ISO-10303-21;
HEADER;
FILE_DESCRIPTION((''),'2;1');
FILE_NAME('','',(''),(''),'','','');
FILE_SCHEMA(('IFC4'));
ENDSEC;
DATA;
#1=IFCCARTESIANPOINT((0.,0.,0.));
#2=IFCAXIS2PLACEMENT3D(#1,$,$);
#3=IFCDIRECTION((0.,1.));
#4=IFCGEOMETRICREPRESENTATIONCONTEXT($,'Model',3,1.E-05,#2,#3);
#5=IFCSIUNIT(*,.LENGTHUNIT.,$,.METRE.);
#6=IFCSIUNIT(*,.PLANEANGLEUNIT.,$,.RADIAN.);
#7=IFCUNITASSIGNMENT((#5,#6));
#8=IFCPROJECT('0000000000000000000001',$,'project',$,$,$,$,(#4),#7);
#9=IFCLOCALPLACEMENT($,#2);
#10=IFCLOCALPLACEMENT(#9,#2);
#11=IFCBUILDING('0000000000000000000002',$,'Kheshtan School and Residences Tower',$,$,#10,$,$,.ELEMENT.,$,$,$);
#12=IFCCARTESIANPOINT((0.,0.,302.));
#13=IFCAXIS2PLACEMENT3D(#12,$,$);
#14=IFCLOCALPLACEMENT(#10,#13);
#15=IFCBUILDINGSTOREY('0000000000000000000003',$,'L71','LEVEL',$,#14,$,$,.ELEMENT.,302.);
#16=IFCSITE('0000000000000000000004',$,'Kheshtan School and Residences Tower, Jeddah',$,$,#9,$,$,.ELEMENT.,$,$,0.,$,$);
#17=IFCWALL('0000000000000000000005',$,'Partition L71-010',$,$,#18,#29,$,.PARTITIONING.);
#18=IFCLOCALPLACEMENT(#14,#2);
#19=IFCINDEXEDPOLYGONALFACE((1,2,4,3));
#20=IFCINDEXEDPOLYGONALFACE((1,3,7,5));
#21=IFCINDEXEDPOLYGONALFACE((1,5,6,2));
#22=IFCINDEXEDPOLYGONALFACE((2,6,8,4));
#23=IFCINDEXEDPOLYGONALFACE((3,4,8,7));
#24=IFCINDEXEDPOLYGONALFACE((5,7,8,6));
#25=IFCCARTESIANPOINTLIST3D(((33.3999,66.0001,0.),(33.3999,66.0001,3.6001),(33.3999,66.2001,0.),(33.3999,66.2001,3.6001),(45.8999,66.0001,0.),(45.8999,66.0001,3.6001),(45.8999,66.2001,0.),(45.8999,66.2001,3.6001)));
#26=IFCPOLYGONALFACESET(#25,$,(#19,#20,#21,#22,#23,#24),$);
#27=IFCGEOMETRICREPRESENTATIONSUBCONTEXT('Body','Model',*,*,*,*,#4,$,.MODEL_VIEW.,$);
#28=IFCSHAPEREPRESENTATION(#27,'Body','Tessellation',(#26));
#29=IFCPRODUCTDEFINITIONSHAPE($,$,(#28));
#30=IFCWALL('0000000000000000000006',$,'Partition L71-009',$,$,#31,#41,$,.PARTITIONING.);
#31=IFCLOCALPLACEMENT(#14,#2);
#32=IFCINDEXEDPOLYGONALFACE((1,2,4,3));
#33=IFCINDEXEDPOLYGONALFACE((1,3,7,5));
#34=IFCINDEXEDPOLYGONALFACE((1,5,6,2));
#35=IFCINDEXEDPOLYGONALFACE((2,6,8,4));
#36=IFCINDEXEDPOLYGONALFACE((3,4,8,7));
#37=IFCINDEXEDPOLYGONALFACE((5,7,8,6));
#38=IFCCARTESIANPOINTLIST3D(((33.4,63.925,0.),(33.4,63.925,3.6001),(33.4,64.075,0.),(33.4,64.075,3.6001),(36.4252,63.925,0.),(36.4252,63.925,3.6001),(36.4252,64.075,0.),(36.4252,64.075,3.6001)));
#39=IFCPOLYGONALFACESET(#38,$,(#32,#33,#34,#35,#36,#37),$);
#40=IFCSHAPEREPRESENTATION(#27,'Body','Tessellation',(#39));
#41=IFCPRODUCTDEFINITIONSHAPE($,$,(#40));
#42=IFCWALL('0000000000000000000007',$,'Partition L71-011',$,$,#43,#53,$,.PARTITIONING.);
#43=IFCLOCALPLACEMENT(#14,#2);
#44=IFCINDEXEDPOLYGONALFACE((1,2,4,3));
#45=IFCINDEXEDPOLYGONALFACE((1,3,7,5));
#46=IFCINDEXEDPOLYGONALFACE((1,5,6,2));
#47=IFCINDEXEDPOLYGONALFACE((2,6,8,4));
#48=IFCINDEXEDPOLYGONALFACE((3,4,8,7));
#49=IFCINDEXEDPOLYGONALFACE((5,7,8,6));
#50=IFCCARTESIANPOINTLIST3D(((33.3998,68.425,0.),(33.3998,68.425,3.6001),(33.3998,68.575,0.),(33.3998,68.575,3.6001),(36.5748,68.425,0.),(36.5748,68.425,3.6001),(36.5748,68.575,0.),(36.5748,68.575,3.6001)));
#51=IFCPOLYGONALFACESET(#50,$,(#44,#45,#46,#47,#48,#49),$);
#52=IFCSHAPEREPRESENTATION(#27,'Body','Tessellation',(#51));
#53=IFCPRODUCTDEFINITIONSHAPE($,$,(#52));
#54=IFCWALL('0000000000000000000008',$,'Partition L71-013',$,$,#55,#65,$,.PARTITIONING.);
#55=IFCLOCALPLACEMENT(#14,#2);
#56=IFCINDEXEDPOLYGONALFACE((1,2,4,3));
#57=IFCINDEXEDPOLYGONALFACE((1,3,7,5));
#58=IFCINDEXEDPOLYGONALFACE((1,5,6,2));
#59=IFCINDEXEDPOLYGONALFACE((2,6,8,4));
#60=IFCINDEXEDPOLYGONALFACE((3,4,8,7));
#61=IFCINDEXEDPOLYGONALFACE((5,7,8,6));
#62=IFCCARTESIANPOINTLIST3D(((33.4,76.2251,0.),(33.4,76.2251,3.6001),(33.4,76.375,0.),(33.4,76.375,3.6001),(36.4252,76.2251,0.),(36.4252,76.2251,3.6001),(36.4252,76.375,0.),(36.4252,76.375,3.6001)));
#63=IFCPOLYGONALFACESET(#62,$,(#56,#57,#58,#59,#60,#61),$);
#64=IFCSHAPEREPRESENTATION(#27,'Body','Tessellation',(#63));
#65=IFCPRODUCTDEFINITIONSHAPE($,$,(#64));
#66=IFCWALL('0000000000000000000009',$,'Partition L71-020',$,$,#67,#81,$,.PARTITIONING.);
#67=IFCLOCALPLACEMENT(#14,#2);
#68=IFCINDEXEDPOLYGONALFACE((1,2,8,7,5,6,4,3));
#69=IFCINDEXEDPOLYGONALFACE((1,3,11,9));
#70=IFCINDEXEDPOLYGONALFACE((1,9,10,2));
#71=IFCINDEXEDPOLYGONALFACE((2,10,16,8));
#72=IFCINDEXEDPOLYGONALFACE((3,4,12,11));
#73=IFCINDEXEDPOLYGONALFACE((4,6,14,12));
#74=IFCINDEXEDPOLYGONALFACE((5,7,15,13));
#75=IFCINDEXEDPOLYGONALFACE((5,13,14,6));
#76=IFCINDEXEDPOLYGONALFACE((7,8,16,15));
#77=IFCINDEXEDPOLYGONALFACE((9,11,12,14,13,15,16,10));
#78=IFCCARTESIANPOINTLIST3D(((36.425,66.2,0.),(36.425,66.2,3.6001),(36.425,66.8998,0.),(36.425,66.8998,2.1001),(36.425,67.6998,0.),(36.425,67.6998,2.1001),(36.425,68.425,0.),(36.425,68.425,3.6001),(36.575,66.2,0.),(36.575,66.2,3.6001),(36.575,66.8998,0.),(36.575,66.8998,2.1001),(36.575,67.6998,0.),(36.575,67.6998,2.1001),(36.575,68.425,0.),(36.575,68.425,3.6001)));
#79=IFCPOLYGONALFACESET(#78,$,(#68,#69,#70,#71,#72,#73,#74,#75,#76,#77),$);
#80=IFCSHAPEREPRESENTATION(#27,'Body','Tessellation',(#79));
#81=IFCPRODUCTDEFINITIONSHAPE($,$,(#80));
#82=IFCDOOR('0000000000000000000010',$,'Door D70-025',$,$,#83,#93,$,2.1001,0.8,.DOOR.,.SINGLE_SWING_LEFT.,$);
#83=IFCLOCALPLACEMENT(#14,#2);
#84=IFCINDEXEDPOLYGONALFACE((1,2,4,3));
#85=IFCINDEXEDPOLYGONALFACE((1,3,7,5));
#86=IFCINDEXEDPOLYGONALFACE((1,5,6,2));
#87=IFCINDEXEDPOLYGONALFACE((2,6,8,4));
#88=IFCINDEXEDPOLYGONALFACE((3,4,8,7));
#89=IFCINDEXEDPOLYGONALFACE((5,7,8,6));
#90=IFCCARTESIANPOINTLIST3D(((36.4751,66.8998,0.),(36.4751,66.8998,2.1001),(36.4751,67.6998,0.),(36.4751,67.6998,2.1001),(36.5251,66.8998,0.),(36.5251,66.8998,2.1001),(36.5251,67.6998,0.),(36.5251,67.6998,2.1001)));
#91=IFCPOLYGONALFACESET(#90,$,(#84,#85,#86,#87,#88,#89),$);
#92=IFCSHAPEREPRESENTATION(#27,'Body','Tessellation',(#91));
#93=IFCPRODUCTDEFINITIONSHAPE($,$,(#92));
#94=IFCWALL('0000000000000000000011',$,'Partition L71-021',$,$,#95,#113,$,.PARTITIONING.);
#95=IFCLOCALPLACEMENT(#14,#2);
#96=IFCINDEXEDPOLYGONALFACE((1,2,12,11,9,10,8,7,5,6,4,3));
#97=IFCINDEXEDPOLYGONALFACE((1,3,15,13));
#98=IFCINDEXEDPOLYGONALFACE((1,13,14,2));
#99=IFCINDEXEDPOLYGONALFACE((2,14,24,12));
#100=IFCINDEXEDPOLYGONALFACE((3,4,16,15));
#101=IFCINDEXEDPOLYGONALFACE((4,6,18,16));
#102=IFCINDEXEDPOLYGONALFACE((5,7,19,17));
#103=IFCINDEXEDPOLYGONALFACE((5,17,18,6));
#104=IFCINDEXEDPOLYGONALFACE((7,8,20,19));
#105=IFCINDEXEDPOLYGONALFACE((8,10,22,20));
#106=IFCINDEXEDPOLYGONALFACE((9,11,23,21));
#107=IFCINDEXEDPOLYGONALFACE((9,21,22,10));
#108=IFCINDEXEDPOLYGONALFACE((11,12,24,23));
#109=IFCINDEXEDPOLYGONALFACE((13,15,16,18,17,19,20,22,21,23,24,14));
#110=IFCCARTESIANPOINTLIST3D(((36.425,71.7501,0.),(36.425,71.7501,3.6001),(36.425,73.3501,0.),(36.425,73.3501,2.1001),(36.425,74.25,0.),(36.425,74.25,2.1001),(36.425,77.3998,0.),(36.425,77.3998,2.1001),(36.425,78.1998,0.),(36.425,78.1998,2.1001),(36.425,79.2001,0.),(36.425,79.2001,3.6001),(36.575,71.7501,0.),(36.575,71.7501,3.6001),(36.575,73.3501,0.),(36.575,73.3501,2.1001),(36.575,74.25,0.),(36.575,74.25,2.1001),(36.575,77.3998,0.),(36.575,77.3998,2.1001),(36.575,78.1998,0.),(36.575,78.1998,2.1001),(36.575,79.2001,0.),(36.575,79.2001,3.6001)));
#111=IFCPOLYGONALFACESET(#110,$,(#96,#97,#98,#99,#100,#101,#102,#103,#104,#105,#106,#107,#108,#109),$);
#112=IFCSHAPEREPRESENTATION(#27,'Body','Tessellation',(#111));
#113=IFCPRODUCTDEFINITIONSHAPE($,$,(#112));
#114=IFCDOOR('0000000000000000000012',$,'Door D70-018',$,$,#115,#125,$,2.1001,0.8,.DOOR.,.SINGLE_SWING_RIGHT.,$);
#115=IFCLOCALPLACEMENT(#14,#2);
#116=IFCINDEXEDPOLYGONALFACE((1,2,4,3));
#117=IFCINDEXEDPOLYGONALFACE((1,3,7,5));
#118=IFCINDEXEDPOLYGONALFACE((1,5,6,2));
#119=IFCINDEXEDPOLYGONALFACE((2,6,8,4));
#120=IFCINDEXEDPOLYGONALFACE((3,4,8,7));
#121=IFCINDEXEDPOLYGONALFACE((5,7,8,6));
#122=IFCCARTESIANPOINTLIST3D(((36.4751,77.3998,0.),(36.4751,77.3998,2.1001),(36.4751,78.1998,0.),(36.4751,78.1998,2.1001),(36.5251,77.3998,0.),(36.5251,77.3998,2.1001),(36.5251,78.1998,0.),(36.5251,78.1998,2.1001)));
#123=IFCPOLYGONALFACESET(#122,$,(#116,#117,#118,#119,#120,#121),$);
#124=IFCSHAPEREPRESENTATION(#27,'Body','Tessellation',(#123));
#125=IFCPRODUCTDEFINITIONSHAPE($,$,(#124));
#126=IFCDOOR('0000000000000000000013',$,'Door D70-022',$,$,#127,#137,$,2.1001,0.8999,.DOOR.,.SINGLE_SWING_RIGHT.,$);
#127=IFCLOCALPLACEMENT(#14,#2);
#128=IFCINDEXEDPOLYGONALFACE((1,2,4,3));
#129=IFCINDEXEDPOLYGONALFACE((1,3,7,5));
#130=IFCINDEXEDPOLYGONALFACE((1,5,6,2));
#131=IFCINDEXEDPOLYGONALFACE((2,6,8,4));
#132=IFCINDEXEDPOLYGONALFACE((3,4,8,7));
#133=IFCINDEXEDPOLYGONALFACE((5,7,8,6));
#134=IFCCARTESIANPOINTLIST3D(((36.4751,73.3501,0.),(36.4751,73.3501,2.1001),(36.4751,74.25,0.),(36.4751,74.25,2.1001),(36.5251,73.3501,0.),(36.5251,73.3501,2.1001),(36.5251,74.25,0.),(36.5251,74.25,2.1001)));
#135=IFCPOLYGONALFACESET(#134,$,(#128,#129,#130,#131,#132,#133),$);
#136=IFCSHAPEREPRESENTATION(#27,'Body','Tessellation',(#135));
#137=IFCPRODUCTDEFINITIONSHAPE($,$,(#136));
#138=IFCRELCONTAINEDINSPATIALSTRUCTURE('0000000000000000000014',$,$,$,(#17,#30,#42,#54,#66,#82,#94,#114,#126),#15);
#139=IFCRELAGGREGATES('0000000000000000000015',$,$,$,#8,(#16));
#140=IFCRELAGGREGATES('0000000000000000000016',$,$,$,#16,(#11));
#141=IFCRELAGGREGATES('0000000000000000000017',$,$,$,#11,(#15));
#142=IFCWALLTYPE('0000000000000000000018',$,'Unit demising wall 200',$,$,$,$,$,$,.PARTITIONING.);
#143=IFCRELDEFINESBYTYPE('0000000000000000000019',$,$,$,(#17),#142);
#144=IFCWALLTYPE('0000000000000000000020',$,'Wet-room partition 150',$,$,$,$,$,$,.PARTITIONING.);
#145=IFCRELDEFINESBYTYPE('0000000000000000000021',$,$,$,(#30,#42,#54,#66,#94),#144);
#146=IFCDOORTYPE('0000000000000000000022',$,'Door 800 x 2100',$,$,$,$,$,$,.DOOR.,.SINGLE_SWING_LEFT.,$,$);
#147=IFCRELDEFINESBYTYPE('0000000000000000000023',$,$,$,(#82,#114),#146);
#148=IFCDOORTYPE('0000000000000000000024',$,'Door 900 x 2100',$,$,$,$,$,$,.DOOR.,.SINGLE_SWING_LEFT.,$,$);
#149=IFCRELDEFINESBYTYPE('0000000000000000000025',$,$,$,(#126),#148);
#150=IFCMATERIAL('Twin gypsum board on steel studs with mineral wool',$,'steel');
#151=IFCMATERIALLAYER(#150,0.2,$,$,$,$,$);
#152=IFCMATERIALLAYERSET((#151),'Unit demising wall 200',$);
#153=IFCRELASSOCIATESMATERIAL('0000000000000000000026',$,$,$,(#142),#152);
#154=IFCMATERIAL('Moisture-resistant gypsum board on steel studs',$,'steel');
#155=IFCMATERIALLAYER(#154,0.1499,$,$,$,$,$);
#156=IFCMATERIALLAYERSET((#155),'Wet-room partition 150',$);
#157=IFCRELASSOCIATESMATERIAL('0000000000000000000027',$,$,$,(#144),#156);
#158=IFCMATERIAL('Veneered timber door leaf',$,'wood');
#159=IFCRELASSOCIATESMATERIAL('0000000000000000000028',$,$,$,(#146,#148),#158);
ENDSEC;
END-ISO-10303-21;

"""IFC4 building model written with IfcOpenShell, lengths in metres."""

from ifc_helpers import new_model, si_unit, direction, frame, frame_2d, origin, place, context, subcontext, project, spatial, rectangle, extrude, source, transform, mapped, material, layer, layer_set, type_object, element, fill, save


model = new_model("IFC4")

# Units and contexts
model_context = context("Model", 3, precision=1e-05, world=origin(), true_north=direction((0.0, 1.0)))
body_context = subcontext(model_context, "Body", "Model", "MODEL_VIEW")
ifc_project = project(units=[si_unit("LENGTHUNIT", "METRE"), si_unit("PLANEANGLEUNIT", "RADIAN")], contexts=[model_context])

# Site, building, storey
site_placement = place(None, origin())
site = spatial("IfcSite", under=ifc_project, at=site_placement, Name="Kheshtan School and Residences Tower, Jeddah", CompositionType="ELEMENT", RefElevation=0.0)
building_placement = place(site_placement, origin())
building = spatial("IfcBuilding", under=site, at=building_placement, Name="Kheshtan School and Residences Tower", CompositionType="ELEMENT")
storey_placement = place(building_placement, frame((0.0, 0.0, 302.0)))
storey = spatial("IfcBuildingStorey", under=building, at=storey_placement, Name="L71", Description="LEVEL", CompositionType="ELEMENT", Elevation=302.0)

# Walls
ifc_material_1 = material(Name="Twin gypsum board on steel studs with mineral wool", Category="steel")
ifc_layer_1 = layer(ifc_material_1, 0.2)
ifc_layer_set_1 = layer_set([ifc_layer_1], Name="Unit demising wall 200")
wall_type_1 = type_object("IfcWallType", Name="Unit demising wall 200", PredefinedType="PARTITIONING", material=ifc_layer_set_1)
wall_1_placement = place(storey_placement, frame((33.3999, 66.1001, 0.0), z_axis=(0.0, 0.0, 1.0), x_axis=(1.0, 0.0, 0.0)))
element("IfcWall", 1, at=wall_1_placement, inside=storey, type_object=wall_type_1, Name="Partition L71-010", PredefinedType="PARTITIONING", context=body_context, shape_type="SweptSolid", body=[
    extrude(rectangle(XDim=12.5, YDim=0.2, at=frame_2d((6.25, 0.0))), origin(), (0.0, 0.0, 1.0), 3.6001),
])
ifc_material_2 = material(Name="Moisture-resistant gypsum board on steel studs", Category="steel")
ifc_layer_2 = layer(ifc_material_2, 0.1499)
ifc_layer_set_2 = layer_set([ifc_layer_2], Name="Wet-room partition 150")
wall_type_2 = type_object("IfcWallType", Name="Wet-room partition 150", PredefinedType="PARTITIONING", material=ifc_layer_set_2)
wall_2_placement = place(storey_placement, frame((33.3999, 64.0, 0.0), z_axis=(0.0, 0.0, 1.0), x_axis=(1.0, 0.0, 0.0)))
element("IfcWall", 2, at=wall_2_placement, inside=storey, type_object=wall_type_2, Name="Partition L71-009", PredefinedType="PARTITIONING", context=body_context, shape_type="SweptSolid", body=[
    extrude(rectangle(XDim=3.0251, YDim=0.1499, at=frame_2d((1.5127, 0.0))), origin(), (0.0, 0.0, 1.0), 3.6001),
])
wall_3_placement = place(storey_placement, frame((33.3999, 68.5, 0.0), z_axis=(0.0, 0.0, 1.0), x_axis=(1.0, 0.0, 0.0)))
element("IfcWall", 3, at=wall_3_placement, inside=storey, type_object=wall_type_2, Name="Partition L71-011", PredefinedType="PARTITIONING", context=body_context, shape_type="SweptSolid", body=[
    extrude(rectangle(XDim=3.175, YDim=0.1499, at=frame_2d((1.5874, 0.0))), origin(), (0.0, 0.0, 1.0), 3.6001),
])
wall_4_placement = place(storey_placement, frame((33.3999, 76.3, 0.0), z_axis=(0.0, 0.0, 1.0), x_axis=(1.0, 0.0, 0.0)))
element("IfcWall", 4, at=wall_4_placement, inside=storey, type_object=wall_type_2, Name="Partition L71-013", PredefinedType="PARTITIONING", context=body_context, shape_type="SweptSolid", body=[
    extrude(rectangle(XDim=3.0251, YDim=0.1499, at=frame_2d((1.5127, 0.0))), origin(), (0.0, 0.0, 1.0), 3.6001),
])

# Wall, opening, door
wall_5_placement = place(storey_placement, frame((36.5, 66.2, 0.0), z_axis=(0.0, 0.0, 1.0), x_axis=(0.0, 1.0, 0.0)))
wall_5 = element("IfcWall", 5, at=wall_5_placement, inside=storey, type_object=wall_type_2, Name="Partition L71-020", PredefinedType="PARTITIONING", context=body_context, shape_type="SweptSolid", body=[
    extrude(rectangle(XDim=2.2251, YDim=0.1499, at=frame_2d((1.1125, 0.0))), origin(), (0.0, 0.0, 1.0), 3.6001),
])
opening_1_placement = place(wall_5_placement, frame((0.7, 0.0, 0.0)))
opening_1 = element("IfcOpeningElement", 6, at=opening_1_placement, cuts=wall_5, PredefinedType="OPENING", context=body_context, shape_type="SweptSolid", body=[
    extrude(rectangle(XDim=0.8, YDim=2.1001, at=frame_2d((0.3999, 1.05))), frame((0.0, 0.085, 0.0), z_axis=(0.0, -1.0, 0.0), x_axis=(1.0, 0.0, 0.0)), (0.0, 0.0, 1.0), 0.1699),
])
ifc_material_3 = material(Name="Veneered timber door leaf", Category="wood")
door_type_1 = type_object("IfcDoorType", Name="Door 800 x 2100", OperationType="SINGLE_SWING_LEFT", PredefinedType="DOOR", material=ifc_material_3)
shared_shape_1 = source(origin(), body_context, "Body", "SweptSolid", [
    extrude(rectangle(XDim=0.8, YDim=2.1001, at=frame_2d((0.3999, 1.05))), frame((0.0, 0.0249, 0.0), z_axis=(0.0, -1.0, 0.0), x_axis=(1.0, 0.0, 0.0)), (0.0, 0.0, 1.0), 0.05),
])
door_1_placement = place(opening_1_placement, origin())
door_1 = element("IfcDoor", 7, at=door_1_placement, inside=storey, type_object=door_type_1, Name="Door D70-025", OperationType="SINGLE_SWING_LEFT", OverallHeight=2.1001, OverallWidth=0.8, PredefinedType="DOOR", context=body_context, shape_type="MappedRepresentation", body=[
    mapped(shared_shape_1, transform((0.0, 0.0, 0.0), x_axis=(1.0, 0.0, 0.0), y_axis=(0.0, 1.0, 0.0), z_axis=(0.0, 0.0, 1.0), scale=1.0)),
])
fill(opening_1, door_1)

# Wall, openings, doors
wall_6_placement = place(storey_placement, frame((36.5, 71.75, 0.0), z_axis=(0.0, 0.0, 1.0), x_axis=(0.0, 1.0, 0.0)))
wall_6 = element("IfcWall", 8, at=wall_6_placement, inside=storey, type_object=wall_type_2, Name="Partition L71-021", PredefinedType="PARTITIONING", context=body_context, shape_type="SweptSolid", body=[
    extrude(rectangle(XDim=7.45, YDim=0.1499, at=frame_2d((3.7251, 0.0))), origin(), (0.0, 0.0, 1.0), 3.6001),
])
opening_2_placement = place(wall_6_placement, frame((5.6499, 0.0, 0.0)))
opening_2 = element("IfcOpeningElement", 9, at=opening_2_placement, cuts=wall_6, PredefinedType="OPENING", context=body_context, shape_type="SweptSolid", body=[
    extrude(rectangle(XDim=0.8, YDim=2.1001, at=frame_2d((0.3999, 1.05))), frame((0.0, 0.085, 0.0), z_axis=(0.0, -1.0, 0.0), x_axis=(1.0, 0.0, 0.0)), (0.0, 0.0, 1.0), 0.1699),
])
opening_3_placement = place(wall_6_placement, frame((1.6001, 0.0, 0.0)))
opening_3 = element("IfcOpeningElement", 10, at=opening_3_placement, cuts=wall_6, PredefinedType="OPENING", context=body_context, shape_type="SweptSolid", body=[
    extrude(rectangle(XDim=0.8999, YDim=2.1001, at=frame_2d((0.45, 1.05))), frame((0.0, 0.085, 0.0), z_axis=(0.0, -1.0, 0.0), x_axis=(1.0, 0.0, 0.0)), (0.0, 0.0, 1.0), 0.1699),
])
door_2_placement = place(opening_2_placement, origin())
door_2 = element("IfcDoor", 11, at=door_2_placement, inside=storey, type_object=door_type_1, Name="Door D70-018", OperationType="SINGLE_SWING_RIGHT", OverallHeight=2.1001, OverallWidth=0.8, PredefinedType="DOOR", context=body_context, shape_type="MappedRepresentation", body=[
    mapped(shared_shape_1, transform((0.0, 0.0, 0.0), x_axis=(1.0, 0.0, 0.0), y_axis=(0.0, 1.0, 0.0), z_axis=(0.0, 0.0, 1.0), scale=1.0)),
])
fill(opening_2, door_2)
door_type_2 = type_object("IfcDoorType", Name="Door 900 x 2100", OperationType="SINGLE_SWING_LEFT", PredefinedType="DOOR", material=ifc_material_3)
shared_shape_2 = source(origin(), body_context, "Body", "SweptSolid", [
    extrude(rectangle(XDim=0.8999, YDim=2.1001, at=frame_2d((0.45, 1.05))), frame((0.0, 0.0249, 0.0), z_axis=(0.0, -1.0, 0.0), x_axis=(1.0, 0.0, 0.0)), (0.0, 0.0, 1.0), 0.05),
])
door_3_placement = place(opening_3_placement, origin())
door_3 = element("IfcDoor", 12, at=door_3_placement, inside=storey, type_object=door_type_2, Name="Door D70-022", OperationType="SINGLE_SWING_RIGHT", OverallHeight=2.1001, OverallWidth=0.8999, PredefinedType="DOOR", context=body_context, shape_type="MappedRepresentation", body=[
    mapped(shared_shape_2, transform((0.0, 0.0, 0.0), x_axis=(1.0, 0.0, 0.0), y_axis=(0.0, 1.0, 0.0), z_axis=(0.0, 0.0, 1.0), scale=1.0)),
])
fill(opening_3, door_3)

save(model, "model.ifc")
